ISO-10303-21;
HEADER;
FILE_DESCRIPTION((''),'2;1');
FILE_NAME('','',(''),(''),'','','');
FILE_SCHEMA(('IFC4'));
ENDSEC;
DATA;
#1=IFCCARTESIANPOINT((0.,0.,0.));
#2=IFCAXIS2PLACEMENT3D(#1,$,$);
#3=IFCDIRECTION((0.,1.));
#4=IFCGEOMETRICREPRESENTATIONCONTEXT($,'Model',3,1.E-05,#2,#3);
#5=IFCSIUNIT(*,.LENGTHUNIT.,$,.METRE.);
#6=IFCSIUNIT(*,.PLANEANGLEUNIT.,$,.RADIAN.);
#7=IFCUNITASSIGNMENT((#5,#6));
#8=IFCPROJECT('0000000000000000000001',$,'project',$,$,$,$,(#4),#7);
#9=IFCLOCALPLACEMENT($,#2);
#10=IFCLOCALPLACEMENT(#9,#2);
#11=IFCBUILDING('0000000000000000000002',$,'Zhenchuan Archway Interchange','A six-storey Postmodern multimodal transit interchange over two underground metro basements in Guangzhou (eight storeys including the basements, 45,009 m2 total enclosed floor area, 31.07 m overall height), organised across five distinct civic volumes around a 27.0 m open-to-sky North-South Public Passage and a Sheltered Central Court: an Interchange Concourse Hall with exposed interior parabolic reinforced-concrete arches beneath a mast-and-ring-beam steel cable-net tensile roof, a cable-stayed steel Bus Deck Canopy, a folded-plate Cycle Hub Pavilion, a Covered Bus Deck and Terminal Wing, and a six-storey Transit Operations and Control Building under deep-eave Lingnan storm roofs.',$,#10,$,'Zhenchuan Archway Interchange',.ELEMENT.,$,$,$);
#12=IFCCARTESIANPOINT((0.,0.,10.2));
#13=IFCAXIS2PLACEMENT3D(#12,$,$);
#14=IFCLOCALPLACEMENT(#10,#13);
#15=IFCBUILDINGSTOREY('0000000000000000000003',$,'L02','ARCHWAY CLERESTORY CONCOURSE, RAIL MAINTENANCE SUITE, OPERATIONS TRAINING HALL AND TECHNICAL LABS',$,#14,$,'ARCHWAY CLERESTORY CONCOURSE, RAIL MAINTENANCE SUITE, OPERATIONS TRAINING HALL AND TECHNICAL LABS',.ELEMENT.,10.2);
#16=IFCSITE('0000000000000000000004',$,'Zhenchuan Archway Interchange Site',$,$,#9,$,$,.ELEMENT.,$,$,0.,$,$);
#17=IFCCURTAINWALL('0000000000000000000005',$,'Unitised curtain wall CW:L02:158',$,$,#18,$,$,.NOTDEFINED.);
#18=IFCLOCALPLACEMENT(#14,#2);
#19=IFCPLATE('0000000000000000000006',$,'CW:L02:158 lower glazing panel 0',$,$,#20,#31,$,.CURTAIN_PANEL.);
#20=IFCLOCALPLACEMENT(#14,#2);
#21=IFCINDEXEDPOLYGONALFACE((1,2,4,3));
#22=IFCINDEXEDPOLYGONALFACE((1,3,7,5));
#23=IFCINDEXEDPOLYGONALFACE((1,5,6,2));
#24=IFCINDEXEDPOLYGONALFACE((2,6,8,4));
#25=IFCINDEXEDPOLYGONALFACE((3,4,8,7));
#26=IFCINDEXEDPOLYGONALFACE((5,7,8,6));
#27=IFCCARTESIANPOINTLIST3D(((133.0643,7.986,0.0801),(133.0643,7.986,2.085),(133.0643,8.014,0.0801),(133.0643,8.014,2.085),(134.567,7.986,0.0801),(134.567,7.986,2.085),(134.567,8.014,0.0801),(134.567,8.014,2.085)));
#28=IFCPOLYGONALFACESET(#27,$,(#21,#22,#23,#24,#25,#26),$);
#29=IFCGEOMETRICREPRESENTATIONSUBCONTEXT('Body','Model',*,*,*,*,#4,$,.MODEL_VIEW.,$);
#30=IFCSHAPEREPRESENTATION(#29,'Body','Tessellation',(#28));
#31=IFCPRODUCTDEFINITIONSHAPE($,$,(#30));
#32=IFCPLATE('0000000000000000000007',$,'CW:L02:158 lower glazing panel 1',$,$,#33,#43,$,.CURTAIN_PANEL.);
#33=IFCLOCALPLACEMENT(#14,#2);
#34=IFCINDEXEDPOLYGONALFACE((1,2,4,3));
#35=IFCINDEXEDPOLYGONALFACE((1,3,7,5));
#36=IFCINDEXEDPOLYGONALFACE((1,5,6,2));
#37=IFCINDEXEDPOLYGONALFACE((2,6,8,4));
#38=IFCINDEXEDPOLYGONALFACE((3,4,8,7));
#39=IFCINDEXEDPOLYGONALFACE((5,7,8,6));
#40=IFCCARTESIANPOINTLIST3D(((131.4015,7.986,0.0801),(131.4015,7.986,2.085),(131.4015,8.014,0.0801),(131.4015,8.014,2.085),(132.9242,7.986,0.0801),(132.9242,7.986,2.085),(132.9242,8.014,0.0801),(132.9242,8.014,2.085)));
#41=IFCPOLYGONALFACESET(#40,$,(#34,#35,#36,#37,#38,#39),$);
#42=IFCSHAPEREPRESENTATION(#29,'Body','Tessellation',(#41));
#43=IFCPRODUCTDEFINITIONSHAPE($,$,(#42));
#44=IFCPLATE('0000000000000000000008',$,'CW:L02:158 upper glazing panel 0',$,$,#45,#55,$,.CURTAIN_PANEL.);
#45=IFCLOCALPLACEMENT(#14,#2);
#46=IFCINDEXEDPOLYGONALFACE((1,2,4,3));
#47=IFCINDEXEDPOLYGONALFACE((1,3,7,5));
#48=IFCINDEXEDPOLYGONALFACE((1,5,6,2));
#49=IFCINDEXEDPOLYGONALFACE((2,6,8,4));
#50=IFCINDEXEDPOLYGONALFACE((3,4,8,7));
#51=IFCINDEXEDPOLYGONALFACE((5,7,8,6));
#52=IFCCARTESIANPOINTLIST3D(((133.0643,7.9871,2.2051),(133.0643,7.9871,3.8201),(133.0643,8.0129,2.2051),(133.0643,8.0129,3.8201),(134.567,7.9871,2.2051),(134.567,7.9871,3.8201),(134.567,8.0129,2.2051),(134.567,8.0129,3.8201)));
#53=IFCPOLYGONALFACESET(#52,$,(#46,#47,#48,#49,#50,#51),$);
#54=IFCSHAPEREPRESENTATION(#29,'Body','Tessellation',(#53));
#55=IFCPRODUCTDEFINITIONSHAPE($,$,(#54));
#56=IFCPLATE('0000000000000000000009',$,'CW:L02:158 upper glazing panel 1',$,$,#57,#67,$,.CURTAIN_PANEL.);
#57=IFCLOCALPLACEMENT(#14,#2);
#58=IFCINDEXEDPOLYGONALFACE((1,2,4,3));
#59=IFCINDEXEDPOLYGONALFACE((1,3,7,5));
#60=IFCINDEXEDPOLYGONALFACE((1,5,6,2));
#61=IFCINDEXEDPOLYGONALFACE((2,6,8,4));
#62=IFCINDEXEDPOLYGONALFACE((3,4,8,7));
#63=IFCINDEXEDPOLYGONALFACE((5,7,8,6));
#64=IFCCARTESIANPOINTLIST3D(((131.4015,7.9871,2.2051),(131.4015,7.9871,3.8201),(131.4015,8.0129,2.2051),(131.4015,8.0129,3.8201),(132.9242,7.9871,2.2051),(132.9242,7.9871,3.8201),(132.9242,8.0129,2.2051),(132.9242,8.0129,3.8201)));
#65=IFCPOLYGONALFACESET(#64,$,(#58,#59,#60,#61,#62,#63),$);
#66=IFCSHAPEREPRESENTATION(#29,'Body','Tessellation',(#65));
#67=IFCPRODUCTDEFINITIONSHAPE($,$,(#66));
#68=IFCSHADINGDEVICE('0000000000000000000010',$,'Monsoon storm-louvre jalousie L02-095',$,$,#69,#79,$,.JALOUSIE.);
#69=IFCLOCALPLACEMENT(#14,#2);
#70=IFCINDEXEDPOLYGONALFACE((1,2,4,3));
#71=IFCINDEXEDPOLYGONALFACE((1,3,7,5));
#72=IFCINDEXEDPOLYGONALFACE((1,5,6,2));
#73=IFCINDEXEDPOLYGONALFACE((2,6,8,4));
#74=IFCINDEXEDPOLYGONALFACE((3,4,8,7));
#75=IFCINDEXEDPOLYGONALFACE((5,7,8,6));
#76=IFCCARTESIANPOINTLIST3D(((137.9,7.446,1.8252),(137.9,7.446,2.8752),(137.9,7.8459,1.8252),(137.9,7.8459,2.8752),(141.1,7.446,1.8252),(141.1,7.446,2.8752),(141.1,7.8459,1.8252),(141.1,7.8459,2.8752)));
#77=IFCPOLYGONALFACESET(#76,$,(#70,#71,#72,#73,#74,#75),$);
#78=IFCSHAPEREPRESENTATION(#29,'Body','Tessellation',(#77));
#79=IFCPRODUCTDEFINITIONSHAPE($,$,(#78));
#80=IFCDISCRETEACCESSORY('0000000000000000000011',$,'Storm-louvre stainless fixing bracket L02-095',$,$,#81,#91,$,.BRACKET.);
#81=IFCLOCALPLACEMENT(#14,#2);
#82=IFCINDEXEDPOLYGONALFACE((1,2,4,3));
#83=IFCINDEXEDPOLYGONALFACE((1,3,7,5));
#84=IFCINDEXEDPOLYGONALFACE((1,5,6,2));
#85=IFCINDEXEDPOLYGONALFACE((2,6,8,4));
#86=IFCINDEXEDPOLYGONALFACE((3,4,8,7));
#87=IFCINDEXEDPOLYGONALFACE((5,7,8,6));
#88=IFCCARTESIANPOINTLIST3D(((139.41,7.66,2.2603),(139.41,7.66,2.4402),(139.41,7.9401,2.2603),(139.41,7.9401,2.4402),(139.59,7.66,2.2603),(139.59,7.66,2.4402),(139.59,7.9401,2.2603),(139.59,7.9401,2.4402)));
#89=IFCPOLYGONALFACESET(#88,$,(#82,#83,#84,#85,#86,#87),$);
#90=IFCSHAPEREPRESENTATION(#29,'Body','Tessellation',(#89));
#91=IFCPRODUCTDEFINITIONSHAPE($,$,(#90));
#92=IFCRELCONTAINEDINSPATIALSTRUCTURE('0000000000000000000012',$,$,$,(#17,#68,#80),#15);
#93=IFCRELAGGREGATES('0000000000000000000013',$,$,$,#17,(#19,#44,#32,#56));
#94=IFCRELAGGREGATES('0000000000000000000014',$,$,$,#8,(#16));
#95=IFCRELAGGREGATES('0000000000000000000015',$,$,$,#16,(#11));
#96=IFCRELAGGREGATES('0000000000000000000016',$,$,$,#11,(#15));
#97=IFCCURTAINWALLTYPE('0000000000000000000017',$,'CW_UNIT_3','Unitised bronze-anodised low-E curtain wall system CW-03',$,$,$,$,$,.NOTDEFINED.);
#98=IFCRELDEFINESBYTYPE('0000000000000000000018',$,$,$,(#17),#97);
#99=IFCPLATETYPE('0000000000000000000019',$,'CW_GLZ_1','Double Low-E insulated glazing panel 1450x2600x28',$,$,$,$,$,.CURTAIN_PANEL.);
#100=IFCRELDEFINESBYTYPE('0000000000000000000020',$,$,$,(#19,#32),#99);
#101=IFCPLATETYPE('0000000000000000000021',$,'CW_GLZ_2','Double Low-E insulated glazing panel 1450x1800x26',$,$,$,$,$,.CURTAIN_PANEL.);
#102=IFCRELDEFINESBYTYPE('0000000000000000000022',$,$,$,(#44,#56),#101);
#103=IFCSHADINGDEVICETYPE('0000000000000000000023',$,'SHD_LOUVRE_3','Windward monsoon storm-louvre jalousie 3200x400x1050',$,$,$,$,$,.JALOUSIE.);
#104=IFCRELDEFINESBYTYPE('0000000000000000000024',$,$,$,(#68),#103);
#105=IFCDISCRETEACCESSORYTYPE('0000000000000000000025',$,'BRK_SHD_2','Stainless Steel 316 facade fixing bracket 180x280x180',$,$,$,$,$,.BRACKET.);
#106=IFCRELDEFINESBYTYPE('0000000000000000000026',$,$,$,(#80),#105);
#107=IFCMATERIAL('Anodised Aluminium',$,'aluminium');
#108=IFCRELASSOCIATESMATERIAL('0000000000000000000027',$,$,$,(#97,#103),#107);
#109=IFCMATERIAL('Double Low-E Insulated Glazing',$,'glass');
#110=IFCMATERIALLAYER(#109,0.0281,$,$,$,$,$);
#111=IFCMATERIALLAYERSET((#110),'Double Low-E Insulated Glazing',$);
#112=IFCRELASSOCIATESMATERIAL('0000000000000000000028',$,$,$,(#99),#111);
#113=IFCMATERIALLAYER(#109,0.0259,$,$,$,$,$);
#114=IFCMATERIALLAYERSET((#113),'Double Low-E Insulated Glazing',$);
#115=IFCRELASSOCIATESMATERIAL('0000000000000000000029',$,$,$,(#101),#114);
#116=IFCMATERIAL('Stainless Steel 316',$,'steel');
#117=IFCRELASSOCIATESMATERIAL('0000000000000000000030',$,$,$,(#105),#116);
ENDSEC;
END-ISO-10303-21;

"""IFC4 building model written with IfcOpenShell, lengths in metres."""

from ifc_helpers import new_model, si_unit, direction, frame, origin, origin_2d, place, context, subcontext, project, spatial, rectangle, extrude, material, layer, layer_set, type_object, element, aggregate, save


model = new_model("IFC4")

# Units and contexts
model_context = context("Model", 3, precision=1e-05, world=origin(), true_north=direction((0.0, 1.0)))
body_context = subcontext(model_context, "Body", "Model", "MODEL_VIEW")
ifc_project = project(units=[si_unit("LENGTHUNIT", "METRE"), si_unit("PLANEANGLEUNIT", "RADIAN")], contexts=[model_context])

# Site, building, storey
site_placement = place(None, origin())
site = spatial("IfcSite", under=ifc_project, at=site_placement, Name="Zhenchuan Archway Interchange Site", CompositionType="ELEMENT", RefElevation=0.0)
building_placement = place(site_placement, origin())
building = spatial("IfcBuilding", under=site, at=building_placement, Name="Zhenchuan Archway Interchange", Description="A six-storey Postmodern multimodal transit interchange over two underground metro basements in Guangzhou (eight storeys including the basements, 45,009 m2 total enclosed floor area, 31.07 m overall height), organised across five distinct civic volumes around a 27.0 m open-to-sky North-South Public Passage and a Sheltered Central Court: an Interchange Concourse Hall with exposed interior parabolic reinforced-concrete arches beneath a mast-and-ring-beam steel cable-net tensile roof, a cable-stayed steel Bus Deck Canopy, a folded-plate Cycle Hub Pavilion, a Covered Bus Deck and Terminal Wing, and a six-storey Transit Operations and Control Building under deep-eave Lingnan storm roofs.", LongName="Zhenchuan Archway Interchange", CompositionType="ELEMENT")
storey_placement = place(building_placement, frame((0.0, 0.0, 10.2)))
storey = spatial("IfcBuildingStorey", under=building, at=storey_placement, Name="L02", Description="ARCHWAY CLERESTORY CONCOURSE, RAIL MAINTENANCE SUITE, OPERATIONS TRAINING HALL AND TECHNICAL LABS", LongName="ARCHWAY CLERESTORY CONCOURSE, RAIL MAINTENANCE SUITE, OPERATIONS TRAINING HALL AND TECHNICAL LABS", CompositionType="ELEMENT", Elevation=10.2)

# Curtain wall
ifc_material_1 = material(Name="Anodised Aluminium", Category="aluminium")
curtain_wall_type = type_object("IfcCurtainWallType", Name="CW_UNIT_3", Description="Unitised bronze-anodised low-E curtain wall system CW-03", PredefinedType="NOTDEFINED", material=ifc_material_1)
curtain_wall_placement = place(storey_placement, origin())
curtain_wall = element("IfcCurtainWall", 1, at=curtain_wall_placement, inside=storey, type_object=curtain_wall_type, Name="Unitised curtain wall CW:L02:158", PredefinedType="NOTDEFINED")

# Plates
ifc_material_2 = material(Name="Double Low-E Insulated Glazing", Category="glass")
ifc_layer_1 = layer(ifc_material_2, 0.0281)
ifc_layer_set_1 = layer_set([ifc_layer_1], Name="Double Low-E Insulated Glazing")
plate_type_1 = type_object("IfcPlateType", Name="CW_GLZ_1", Description="Double Low-E insulated glazing panel 1450x2600x28", PredefinedType="CURTAIN_PANEL", material=ifc_layer_set_1)
plate_1_placement = place(storey_placement, frame((133.8157, 8.0, 0.0801), z_axis=(0.0, 0.0, 1.0), x_axis=(-1.0, 0.0, 0.0)))
plate_1 = element("IfcPlate", 2, at=plate_1_placement, type_object=plate_type_1, Name="CW:L02:158 lower glazing panel 0", PredefinedType="CURTAIN_PANEL", context=body_context, shape_type="SweptSolid", body=[
    extrude(rectangle(XDim=1.5027, YDim=0.0281, at=origin_2d()), origin(), (0.0, 0.0, 1.0), 2.0049),
])
plate_2_placement = place(storey_placement, frame((132.1628, 8.0, 0.0801), z_axis=(0.0, 0.0, 1.0), x_axis=(-1.0, 0.0, 0.0)))
plate_2 = element("IfcPlate", 3, at=plate_2_placement, type_object=plate_type_1, Name="CW:L02:158 lower glazing panel 1", PredefinedType="CURTAIN_PANEL", context=body_context, shape_type="SweptSolid", body=[
    extrude(rectangle(XDim=1.5227, YDim=0.0281, at=origin_2d()), origin(), (0.0, 0.0, 1.0), 2.0049),
])
ifc_layer_2 = layer(ifc_material_2, 0.0259)
ifc_layer_set_2 = layer_set([ifc_layer_2], Name="Double Low-E Insulated Glazing")
plate_type_2 = type_object("IfcPlateType", Name="CW_GLZ_2", Description="Double Low-E insulated glazing panel 1450x1800x26", PredefinedType="CURTAIN_PANEL", material=ifc_layer_set_2)
plate_3_placement = place(storey_placement, frame((133.8157, 8.0, 2.2051), z_axis=(0.0, 0.0, 1.0), x_axis=(-1.0, 0.0, 0.0)))
plate_3 = element("IfcPlate", 4, at=plate_3_placement, type_object=plate_type_2, Name="CW:L02:158 upper glazing panel 0", PredefinedType="CURTAIN_PANEL", context=body_context, shape_type="SweptSolid", body=[
    extrude(rectangle(XDim=1.5027, YDim=0.0259, at=origin_2d()), origin(), (0.0, 0.0, 1.0), 1.615),
])
plate_4_placement = place(storey_placement, frame((132.1628, 8.0, 2.2051), z_axis=(0.0, 0.0, 1.0), x_axis=(-1.0, 0.0, 0.0)))
plate_4 = element("IfcPlate", 5, at=plate_4_placement, type_object=plate_type_2, Name="CW:L02:158 upper glazing panel 1", PredefinedType="CURTAIN_PANEL", context=body_context, shape_type="SweptSolid", body=[
    extrude(rectangle(XDim=1.5227, YDim=0.0259, at=origin_2d()), origin(), (0.0, 0.0, 1.0), 1.615),
])
aggregate(curtain_wall, [plate_1, plate_3, plate_2, plate_4])

# Shading device
shading_device_type = type_object("IfcShadingDeviceType", Name="SHD_LOUVRE_3", Description="Windward monsoon storm-louvre jalousie 3200x400x1050", PredefinedType="JALOUSIE", material=ifc_material_1)
shading_device_placement = place(storey_placement, frame((139.5, 7.646, 1.8252), z_axis=(0.0, 0.0, 1.0), x_axis=(-1.0, 0.0, 0.0)))
element("IfcShadingDevice", 6, at=shading_device_placement, inside=storey, type_object=shading_device_type, Name="Monsoon storm-louvre jalousie L02-095", PredefinedType="JALOUSIE", context=body_context, shape_type="SweptSolid", body=[
    extrude(rectangle(XDim=3.2, YDim=0.3999, at=origin_2d()), origin(), (0.0, 0.0, 1.0), 1.05),
])

# Discrete accessory
ifc_material_3 = material(Name="Stainless Steel 316", Category="steel")
discrete_accessory_type = type_object("IfcDiscreteAccessoryType", Name="BRK_SHD_2", Description="Stainless Steel 316 facade fixing bracket 180x280x180", PredefinedType="BRACKET", material=ifc_material_3)
discrete_accessory_placement = place(storey_placement, frame((139.5, 7.8, 2.2603), z_axis=(0.0, 0.0, 1.0), x_axis=(-1.0, 0.0, 0.0)))
element("IfcDiscreteAccessory", 7, at=discrete_accessory_placement, inside=storey, type_object=discrete_accessory_type, Name="Storm-louvre stainless fixing bracket L02-095", PredefinedType="BRACKET", context=body_context, shape_type="SweptSolid", body=[
    extrude(rectangle(XDim=0.1799, YDim=0.28, at=origin_2d()), origin(), (0.0, 0.0, 1.0), 0.1799),
])

save(model, "model.ifc")
